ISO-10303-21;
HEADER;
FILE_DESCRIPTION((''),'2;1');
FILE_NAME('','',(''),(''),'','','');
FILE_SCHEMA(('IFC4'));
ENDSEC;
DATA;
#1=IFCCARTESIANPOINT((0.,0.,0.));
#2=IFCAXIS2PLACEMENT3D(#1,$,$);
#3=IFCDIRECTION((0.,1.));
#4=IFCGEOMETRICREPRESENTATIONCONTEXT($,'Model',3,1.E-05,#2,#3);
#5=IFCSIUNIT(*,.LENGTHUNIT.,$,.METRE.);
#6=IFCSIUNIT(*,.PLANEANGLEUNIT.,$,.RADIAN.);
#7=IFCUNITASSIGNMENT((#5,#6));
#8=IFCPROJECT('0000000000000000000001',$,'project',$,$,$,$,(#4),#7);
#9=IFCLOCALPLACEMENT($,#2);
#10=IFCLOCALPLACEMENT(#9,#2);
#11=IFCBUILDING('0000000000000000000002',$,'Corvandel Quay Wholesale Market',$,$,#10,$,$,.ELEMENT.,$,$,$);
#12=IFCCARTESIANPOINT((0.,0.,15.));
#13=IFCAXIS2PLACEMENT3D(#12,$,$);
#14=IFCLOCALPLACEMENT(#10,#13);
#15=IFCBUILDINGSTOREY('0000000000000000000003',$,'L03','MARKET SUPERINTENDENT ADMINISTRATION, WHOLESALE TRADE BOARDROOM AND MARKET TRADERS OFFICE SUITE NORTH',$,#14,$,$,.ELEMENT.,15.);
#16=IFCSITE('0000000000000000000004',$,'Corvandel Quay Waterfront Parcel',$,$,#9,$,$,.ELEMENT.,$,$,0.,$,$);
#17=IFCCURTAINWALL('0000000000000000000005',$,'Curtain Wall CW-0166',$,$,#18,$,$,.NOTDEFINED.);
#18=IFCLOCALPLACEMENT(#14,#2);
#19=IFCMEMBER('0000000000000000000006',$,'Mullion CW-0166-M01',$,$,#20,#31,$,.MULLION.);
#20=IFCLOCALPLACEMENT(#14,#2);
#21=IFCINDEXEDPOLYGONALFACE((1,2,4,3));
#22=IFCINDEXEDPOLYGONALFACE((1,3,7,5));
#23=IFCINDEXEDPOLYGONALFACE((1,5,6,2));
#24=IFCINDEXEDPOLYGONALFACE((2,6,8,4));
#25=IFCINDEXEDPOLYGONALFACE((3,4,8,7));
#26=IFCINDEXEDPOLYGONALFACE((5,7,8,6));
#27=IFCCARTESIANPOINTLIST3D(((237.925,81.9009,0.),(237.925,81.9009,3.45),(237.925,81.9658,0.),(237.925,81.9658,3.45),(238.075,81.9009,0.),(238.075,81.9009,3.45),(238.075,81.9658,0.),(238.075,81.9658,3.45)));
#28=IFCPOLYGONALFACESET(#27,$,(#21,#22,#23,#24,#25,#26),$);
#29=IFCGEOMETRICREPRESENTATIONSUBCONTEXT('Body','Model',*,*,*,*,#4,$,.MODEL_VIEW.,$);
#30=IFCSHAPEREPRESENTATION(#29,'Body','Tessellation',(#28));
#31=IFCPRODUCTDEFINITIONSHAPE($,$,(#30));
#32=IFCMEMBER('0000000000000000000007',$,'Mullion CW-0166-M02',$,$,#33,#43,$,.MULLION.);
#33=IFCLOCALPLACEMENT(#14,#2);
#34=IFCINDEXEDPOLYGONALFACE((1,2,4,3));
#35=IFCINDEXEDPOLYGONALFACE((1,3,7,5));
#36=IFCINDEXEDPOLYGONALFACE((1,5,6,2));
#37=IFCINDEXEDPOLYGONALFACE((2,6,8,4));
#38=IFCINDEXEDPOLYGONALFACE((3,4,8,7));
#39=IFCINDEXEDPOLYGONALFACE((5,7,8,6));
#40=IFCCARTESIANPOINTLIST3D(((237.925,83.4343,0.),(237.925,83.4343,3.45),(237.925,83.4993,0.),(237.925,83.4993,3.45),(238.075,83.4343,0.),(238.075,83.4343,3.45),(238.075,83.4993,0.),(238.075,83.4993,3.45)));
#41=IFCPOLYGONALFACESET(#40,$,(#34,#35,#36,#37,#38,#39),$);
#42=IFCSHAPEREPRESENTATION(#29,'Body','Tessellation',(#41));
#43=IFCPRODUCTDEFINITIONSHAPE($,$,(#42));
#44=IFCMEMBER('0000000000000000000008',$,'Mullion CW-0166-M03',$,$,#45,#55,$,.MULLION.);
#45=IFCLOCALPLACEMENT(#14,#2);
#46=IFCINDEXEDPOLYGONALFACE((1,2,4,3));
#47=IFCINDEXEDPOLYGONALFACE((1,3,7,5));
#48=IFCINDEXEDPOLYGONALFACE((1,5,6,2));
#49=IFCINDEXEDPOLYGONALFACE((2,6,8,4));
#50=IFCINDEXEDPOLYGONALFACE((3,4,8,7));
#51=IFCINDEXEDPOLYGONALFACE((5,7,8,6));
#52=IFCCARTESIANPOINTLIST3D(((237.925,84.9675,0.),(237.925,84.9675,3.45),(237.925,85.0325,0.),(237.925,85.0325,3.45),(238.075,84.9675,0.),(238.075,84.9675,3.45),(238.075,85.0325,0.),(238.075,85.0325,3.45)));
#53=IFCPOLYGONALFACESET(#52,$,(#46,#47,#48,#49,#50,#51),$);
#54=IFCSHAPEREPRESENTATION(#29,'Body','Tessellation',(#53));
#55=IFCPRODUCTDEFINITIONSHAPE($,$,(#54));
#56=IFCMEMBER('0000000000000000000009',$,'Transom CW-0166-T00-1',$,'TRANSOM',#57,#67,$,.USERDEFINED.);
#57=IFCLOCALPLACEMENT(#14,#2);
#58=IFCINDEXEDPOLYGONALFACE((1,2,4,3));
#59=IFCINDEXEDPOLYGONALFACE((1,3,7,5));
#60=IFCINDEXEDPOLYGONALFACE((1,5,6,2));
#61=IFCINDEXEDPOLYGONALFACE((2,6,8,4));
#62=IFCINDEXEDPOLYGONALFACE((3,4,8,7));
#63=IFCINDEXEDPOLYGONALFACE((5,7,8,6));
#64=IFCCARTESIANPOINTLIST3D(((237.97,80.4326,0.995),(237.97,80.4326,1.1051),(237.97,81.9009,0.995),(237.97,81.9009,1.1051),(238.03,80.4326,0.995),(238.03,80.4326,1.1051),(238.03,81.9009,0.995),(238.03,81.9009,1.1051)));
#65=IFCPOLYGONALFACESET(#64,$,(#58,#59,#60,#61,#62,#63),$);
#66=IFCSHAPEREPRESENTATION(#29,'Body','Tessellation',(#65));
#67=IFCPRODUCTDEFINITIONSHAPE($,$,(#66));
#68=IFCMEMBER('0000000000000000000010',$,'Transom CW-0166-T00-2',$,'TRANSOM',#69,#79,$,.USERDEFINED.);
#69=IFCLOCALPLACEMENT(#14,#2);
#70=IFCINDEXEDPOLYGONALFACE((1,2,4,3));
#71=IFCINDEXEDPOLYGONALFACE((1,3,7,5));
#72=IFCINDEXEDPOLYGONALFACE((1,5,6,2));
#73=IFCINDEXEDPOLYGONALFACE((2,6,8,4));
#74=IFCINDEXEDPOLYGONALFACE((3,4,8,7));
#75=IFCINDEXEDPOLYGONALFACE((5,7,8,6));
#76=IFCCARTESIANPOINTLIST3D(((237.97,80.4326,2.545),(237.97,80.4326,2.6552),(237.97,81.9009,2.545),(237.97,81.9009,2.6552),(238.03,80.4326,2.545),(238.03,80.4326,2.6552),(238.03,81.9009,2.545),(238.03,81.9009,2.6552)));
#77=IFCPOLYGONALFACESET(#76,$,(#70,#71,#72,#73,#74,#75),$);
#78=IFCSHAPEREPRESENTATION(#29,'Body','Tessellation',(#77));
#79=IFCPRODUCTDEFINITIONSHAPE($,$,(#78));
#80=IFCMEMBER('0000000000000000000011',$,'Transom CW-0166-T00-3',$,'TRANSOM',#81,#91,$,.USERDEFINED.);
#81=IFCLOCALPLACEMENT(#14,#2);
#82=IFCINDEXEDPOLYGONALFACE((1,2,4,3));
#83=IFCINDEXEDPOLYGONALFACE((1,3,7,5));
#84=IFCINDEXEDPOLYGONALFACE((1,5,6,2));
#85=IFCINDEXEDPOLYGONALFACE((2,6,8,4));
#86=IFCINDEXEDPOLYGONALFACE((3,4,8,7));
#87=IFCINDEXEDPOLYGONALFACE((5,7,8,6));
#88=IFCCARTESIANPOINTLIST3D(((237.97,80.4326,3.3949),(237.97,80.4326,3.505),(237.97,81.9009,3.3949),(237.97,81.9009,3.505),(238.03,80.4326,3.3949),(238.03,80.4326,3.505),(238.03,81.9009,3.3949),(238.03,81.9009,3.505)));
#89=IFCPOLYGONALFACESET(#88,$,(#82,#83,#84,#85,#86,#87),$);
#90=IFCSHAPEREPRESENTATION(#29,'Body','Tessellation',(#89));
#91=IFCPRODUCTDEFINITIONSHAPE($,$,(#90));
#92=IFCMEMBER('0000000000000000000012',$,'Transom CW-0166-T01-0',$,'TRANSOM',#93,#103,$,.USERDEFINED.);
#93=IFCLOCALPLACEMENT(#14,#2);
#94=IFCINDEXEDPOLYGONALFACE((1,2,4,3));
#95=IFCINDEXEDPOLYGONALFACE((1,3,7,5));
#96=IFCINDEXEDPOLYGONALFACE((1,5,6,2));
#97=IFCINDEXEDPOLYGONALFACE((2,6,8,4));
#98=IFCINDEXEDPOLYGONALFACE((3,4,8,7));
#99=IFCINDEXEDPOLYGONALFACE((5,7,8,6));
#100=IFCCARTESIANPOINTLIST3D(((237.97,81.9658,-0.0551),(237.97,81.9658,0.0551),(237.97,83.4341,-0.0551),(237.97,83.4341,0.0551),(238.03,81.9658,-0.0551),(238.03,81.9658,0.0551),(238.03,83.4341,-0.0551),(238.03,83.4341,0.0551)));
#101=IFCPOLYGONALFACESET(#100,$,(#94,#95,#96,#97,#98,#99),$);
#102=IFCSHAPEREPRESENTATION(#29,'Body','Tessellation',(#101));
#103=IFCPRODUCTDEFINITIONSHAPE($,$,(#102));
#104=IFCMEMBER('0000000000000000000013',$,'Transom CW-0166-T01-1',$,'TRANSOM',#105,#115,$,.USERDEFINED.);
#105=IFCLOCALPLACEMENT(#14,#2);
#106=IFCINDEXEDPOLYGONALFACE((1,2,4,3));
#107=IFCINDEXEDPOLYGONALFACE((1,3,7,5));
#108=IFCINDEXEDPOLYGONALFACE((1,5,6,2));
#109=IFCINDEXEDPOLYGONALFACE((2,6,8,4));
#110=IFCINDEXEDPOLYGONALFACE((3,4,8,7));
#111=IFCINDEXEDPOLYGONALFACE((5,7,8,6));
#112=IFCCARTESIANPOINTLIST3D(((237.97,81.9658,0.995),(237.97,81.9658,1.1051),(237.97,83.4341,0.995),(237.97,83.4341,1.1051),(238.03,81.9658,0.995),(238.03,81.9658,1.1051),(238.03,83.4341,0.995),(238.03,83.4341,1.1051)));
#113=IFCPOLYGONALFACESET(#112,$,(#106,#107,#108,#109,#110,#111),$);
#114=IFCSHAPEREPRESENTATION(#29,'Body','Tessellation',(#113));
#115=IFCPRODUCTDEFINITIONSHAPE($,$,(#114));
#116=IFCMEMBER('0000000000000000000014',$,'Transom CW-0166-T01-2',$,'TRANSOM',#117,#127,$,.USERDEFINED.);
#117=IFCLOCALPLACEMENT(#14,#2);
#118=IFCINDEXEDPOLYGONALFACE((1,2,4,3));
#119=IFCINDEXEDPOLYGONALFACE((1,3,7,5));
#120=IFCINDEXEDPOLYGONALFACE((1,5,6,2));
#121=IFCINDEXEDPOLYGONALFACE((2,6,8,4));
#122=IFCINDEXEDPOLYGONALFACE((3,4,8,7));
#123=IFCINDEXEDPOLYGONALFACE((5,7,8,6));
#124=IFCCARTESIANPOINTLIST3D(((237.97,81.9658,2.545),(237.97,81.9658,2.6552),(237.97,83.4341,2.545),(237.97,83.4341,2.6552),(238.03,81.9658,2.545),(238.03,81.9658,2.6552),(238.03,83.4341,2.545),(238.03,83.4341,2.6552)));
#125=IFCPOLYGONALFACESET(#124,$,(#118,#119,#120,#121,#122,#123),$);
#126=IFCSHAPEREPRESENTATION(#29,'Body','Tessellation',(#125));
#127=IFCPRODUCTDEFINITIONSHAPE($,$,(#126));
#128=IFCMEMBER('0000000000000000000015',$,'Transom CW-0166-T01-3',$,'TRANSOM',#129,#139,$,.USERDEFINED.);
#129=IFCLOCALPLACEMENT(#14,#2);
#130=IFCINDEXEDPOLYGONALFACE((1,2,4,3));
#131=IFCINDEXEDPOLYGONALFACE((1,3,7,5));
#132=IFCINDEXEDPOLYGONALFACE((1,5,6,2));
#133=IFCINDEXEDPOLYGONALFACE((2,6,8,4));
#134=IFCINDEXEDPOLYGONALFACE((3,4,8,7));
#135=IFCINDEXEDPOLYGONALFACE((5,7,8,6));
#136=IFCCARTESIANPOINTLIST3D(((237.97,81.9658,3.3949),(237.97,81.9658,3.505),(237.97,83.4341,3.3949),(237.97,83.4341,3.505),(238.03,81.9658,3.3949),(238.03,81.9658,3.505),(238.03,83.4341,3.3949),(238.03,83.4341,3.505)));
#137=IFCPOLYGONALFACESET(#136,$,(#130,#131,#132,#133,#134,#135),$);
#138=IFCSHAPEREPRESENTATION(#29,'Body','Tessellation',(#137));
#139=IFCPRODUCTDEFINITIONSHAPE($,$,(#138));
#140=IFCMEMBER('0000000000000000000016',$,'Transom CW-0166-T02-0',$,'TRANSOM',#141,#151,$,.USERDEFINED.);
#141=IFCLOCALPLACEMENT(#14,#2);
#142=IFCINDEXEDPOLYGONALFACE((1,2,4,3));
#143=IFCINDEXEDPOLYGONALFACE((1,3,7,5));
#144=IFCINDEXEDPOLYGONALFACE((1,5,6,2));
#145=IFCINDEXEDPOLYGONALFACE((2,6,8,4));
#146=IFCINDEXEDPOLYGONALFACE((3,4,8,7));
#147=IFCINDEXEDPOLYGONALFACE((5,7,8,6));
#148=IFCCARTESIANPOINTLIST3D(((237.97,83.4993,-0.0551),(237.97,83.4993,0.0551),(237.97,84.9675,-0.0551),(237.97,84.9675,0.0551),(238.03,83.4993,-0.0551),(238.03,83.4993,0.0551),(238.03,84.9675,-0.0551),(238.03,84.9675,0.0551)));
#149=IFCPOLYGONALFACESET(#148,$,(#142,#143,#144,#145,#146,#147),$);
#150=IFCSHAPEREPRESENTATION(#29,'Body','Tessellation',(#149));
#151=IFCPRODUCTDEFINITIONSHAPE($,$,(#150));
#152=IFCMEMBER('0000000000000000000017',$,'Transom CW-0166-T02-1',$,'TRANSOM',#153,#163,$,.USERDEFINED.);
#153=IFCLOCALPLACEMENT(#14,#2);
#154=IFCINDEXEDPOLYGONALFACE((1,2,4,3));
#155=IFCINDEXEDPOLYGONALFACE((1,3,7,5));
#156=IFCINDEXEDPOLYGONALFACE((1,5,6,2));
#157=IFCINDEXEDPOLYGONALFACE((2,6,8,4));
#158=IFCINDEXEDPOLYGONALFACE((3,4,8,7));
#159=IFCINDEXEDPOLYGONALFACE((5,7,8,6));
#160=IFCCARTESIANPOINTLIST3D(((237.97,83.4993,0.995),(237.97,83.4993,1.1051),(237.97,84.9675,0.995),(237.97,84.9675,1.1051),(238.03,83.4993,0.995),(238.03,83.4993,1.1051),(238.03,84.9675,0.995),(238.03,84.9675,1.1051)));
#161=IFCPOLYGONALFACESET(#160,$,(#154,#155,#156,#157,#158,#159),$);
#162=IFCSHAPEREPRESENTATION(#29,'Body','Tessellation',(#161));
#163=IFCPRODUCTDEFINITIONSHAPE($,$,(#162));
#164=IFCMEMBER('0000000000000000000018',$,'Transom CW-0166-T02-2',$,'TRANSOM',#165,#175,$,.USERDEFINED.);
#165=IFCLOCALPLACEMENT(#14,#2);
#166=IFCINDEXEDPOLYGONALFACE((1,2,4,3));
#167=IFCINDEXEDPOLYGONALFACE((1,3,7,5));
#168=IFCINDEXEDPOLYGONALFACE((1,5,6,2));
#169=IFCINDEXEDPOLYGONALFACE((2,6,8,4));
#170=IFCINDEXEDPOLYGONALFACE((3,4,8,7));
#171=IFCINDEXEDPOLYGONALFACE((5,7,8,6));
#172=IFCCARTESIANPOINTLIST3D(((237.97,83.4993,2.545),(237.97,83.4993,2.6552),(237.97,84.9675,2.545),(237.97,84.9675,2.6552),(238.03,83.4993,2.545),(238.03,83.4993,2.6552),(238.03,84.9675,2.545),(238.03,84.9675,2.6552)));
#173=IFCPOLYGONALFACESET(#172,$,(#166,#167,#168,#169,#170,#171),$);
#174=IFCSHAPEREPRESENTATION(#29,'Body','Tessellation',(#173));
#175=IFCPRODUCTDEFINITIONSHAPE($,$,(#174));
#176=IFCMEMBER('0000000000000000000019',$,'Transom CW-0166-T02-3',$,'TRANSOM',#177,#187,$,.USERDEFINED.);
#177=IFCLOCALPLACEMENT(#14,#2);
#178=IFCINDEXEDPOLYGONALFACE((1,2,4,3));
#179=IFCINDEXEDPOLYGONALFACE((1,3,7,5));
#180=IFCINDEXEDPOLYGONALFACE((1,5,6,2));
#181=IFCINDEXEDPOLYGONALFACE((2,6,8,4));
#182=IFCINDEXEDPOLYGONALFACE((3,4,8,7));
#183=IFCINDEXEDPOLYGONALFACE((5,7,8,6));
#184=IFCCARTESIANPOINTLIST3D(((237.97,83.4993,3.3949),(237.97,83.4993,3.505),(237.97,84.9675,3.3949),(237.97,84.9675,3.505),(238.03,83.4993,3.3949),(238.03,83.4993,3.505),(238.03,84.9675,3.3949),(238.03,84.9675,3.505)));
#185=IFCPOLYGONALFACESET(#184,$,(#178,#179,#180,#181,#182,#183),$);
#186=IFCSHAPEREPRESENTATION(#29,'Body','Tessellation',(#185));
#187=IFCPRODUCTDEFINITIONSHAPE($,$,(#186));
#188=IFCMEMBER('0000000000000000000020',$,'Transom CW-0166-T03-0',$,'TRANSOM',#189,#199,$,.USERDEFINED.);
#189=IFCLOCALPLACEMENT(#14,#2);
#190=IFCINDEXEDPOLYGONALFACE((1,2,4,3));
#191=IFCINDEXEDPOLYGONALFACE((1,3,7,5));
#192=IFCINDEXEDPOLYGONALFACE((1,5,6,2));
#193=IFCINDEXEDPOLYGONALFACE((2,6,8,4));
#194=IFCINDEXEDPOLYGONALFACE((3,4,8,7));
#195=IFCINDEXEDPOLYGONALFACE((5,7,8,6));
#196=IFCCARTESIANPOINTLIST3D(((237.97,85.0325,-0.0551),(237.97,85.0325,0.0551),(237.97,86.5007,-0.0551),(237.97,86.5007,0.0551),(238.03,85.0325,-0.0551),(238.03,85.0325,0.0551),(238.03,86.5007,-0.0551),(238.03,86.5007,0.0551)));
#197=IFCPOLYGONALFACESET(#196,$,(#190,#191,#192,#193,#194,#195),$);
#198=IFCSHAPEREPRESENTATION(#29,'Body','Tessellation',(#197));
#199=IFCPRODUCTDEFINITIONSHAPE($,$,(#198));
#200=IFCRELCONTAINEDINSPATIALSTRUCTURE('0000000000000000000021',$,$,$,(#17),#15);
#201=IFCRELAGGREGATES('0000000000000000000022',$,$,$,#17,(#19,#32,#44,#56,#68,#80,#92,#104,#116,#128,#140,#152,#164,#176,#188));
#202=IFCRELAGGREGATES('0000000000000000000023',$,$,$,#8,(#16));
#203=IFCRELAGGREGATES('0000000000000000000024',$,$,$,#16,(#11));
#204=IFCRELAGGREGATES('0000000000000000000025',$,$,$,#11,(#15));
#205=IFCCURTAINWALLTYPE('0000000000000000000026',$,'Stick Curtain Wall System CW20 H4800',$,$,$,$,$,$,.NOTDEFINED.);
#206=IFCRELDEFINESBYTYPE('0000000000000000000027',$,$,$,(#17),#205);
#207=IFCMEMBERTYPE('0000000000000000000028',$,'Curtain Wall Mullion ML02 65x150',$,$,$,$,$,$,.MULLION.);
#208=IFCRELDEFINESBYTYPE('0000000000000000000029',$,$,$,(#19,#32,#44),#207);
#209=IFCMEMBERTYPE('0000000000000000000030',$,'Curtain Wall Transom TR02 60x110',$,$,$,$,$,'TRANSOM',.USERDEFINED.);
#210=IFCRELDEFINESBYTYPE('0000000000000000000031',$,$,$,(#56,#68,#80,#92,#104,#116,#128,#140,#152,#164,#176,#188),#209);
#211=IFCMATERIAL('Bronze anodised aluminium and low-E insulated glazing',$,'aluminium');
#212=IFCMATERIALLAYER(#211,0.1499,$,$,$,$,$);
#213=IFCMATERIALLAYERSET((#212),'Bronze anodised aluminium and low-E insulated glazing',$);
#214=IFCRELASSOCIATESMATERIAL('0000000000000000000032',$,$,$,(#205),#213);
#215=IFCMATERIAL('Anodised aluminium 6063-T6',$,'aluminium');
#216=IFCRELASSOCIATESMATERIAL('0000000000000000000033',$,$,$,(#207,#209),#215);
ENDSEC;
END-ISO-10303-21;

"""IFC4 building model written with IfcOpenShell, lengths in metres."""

from ifc_helpers import new_model, si_unit, direction, frame, origin, origin_2d, place, context, subcontext, project, spatial, rectangle, extrude, material, layer, layer_set, material_profile, profile_set, type_object, element, aggregate, save


model = new_model("IFC4")

# Units and contexts
model_context = context("Model", 3, precision=1e-05, world=origin(), true_north=direction((0.0, 1.0)))
body_context = subcontext(model_context, "Body", "Model", "MODEL_VIEW")
ifc_project = project(units=[si_unit("LENGTHUNIT", "METRE"), si_unit("PLANEANGLEUNIT", "RADIAN")], contexts=[model_context])

# Site, building, storey
site_placement = place(None, origin())
site = spatial("IfcSite", under=ifc_project, at=site_placement, Name="Corvandel Quay Waterfront Parcel", CompositionType="ELEMENT", RefElevation=0.0)
building_placement = place(site_placement, origin())
building = spatial("IfcBuilding", under=site, at=building_placement, Name="Corvandel Quay Wholesale Market", CompositionType="ELEMENT")
storey_placement = place(building_placement, frame((0.0, 0.0, 15.0)))
storey = spatial("IfcBuildingStorey", under=building, at=storey_placement, Name="L03", Description="MARKET SUPERINTENDENT ADMINISTRATION, WHOLESALE TRADE BOARDROOM AND MARKET TRADERS OFFICE SUITE NORTH", CompositionType="ELEMENT", Elevation=15.0)

# Curtain wall, members
ifc_material_1 = material(Name="Bronze anodised aluminium and low-E insulated glazing", Category="aluminium")
ifc_layer_1 = layer(ifc_material_1, 0.1499)
ifc_layer_set_1 = layer_set([ifc_layer_1], Name="Bronze anodised aluminium and low-E insulated glazing")
curtain_wall_type = type_object("IfcCurtainWallType", Name="Stick Curtain Wall System CW20 H4800", PredefinedType="NOTDEFINED", material=ifc_layer_set_1)
curtain_wall_placement = place(storey_placement, origin())
curtain_wall = element("IfcCurtainWall", 1, at=curtain_wall_placement, inside=storey, type_object=curtain_wall_type, Name="Curtain Wall CW-0166", PredefinedType="NOTDEFINED")
ifc_material_2 = material(Name="Anodised aluminium 6063-T6", Category="aluminium")
ifc_material_profile_1 = material_profile(ifc_material_2, rectangle(XDim=0.0649, YDim=0.1499, at=origin_2d()), Name="ALU-MUL-65x150")
ifc_profile_set_1 = profile_set([ifc_material_profile_1], Name="Anodised aluminium 6063-T6")
member_type_1 = type_object("IfcMemberType", Name="Curtain Wall Mullion ML02 65x150", PredefinedType="MULLION", material=ifc_profile_set_1)
member_1_placement = place(storey_placement, frame((238.0, 81.9333, 0.0), z_axis=(0.0, 0.0, 1.0), x_axis=(0.0, 1.0, 0.0)))
member_1 = element("IfcMember", 2, at=member_1_placement, type_object=member_type_1, Name="Mullion CW-0166-M01", PredefinedType="MULLION", context=body_context, shape_type="SweptSolid", body=[
    extrude(rectangle(XDim=0.0649, YDim=0.1499, at=origin_2d()), origin(), (0.0, 0.0, 1.0), 3.45),
])
member_2_placement = place(storey_placement, frame((238.0, 83.4668, 0.0), z_axis=(0.0, 0.0, 1.0), x_axis=(0.0, 1.0, 0.0)))
member_2 = element("IfcMember", 3, at=member_2_placement, type_object=member_type_1, Name="Mullion CW-0166-M02", PredefinedType="MULLION", context=body_context, shape_type="SweptSolid", body=[
    extrude(rectangle(XDim=0.0649, YDim=0.1499, at=origin_2d()), origin(), (0.0, 0.0, 1.0), 3.45),
])
member_3_placement = place(storey_placement, frame((238.0, 85.0, 0.0), z_axis=(0.0, 0.0, 1.0), x_axis=(0.0, 1.0, 0.0)))
member_3 = element("IfcMember", 4, at=member_3_placement, type_object=member_type_1, Name="Mullion CW-0166-M03", PredefinedType="MULLION", context=body_context, shape_type="SweptSolid", body=[
    extrude(rectangle(XDim=0.0649, YDim=0.1499, at=origin_2d()), origin(), (0.0, 0.0, 1.0), 3.45),
])
ifc_material_profile_2 = material_profile(ifc_material_2, rectangle(XDim=0.0601, YDim=0.1101, at=origin_2d()), Name="ALU-TRN-60x110")
ifc_profile_set_2 = profile_set([ifc_material_profile_2], Name="Anodised aluminium 6063-T6")
member_type_2 = type_object("IfcMemberType", Name="Curtain Wall Transom TR02 60x110", ElementType="TRANSOM", PredefinedType="USERDEFINED", material=ifc_profile_set_2)
member_4_placement = place(storey_placement, frame((238.0, 80.4326, 1.05), z_axis=(0.0, 1.0, 0.0), x_axis=(-1.0, 0.0, 0.0)))
member_4 = element("IfcMember", 5, at=member_4_placement, type_object=member_type_2, Name="Transom CW-0166-T00-1", ObjectType="TRANSOM", PredefinedType="USERDEFINED", context=body_context, shape_type="SweptSolid", body=[
    extrude(rectangle(XDim=0.0601, YDim=0.1101, at=origin_2d()), origin(), (0.0, 0.0, 1.0), 1.4683),
])
member_5_placement = place(storey_placement, frame((238.0, 80.4326, 2.6001), z_axis=(0.0, 1.0, 0.0), x_axis=(-1.0, 0.0, 0.0)))
member_5 = element("IfcMember", 6, at=member_5_placement, type_object=member_type_2, Name="Transom CW-0166-T00-2", ObjectType="TRANSOM", PredefinedType="USERDEFINED", context=body_context, shape_type="SweptSolid", body=[
    extrude(rectangle(XDim=0.0601, YDim=0.1101, at=origin_2d()), origin(), (0.0, 0.0, 1.0), 1.4683),
])
member_6_placement = place(storey_placement, frame((238.0, 80.4326, 3.45), z_axis=(0.0, 1.0, 0.0), x_axis=(-1.0, 0.0, 0.0)))
member_6 = element("IfcMember", 7, at=member_6_placement, type_object=member_type_2, Name="Transom CW-0166-T00-3", ObjectType="TRANSOM", PredefinedType="USERDEFINED", context=body_context, shape_type="SweptSolid", body=[
    extrude(rectangle(XDim=0.0601, YDim=0.1101, at=origin_2d()), origin(), (0.0, 0.0, 1.0), 1.4683),
])
member_7_placement = place(storey_placement, frame((238.0, 81.9658, 0.0), z_axis=(0.0, 1.0, 0.0), x_axis=(-1.0, 0.0, 0.0)))
member_7 = element("IfcMember", 8, at=member_7_placement, type_object=member_type_2, Name="Transom CW-0166-T01-0", ObjectType="TRANSOM", PredefinedType="USERDEFINED", context=body_context, shape_type="SweptSolid", body=[
    extrude(rectangle(XDim=0.0601, YDim=0.1101, at=origin_2d()), origin(), (0.0, 0.0, 1.0), 1.4683),
])
member_8_placement = place(storey_placement, frame((238.0, 81.9658, 1.05), z_axis=(0.0, 1.0, 0.0), x_axis=(-1.0, 0.0, 0.0)))
member_8 = element("IfcMember", 9, at=member_8_placement, type_object=member_type_2, Name="Transom CW-0166-T01-1", ObjectType="TRANSOM", PredefinedType="USERDEFINED", context=body_context, shape_type="SweptSolid", body=[
    extrude(rectangle(XDim=0.0601, YDim=0.1101, at=origin_2d()), origin(), (0.0, 0.0, 1.0), 1.4683),
])
member_9_placement = place(storey_placement, frame((238.0, 81.9658, 2.6001), z_axis=(0.0, 1.0, 0.0), x_axis=(-1.0, 0.0, 0.0)))
member_9 = element("IfcMember", 10, at=member_9_placement, type_object=member_type_2, Name="Transom CW-0166-T01-2", ObjectType="TRANSOM", PredefinedType="USERDEFINED", context=body_context, shape_type="SweptSolid", body=[
    extrude(rectangle(XDim=0.0601, YDim=0.1101, at=origin_2d()), origin(), (0.0, 0.0, 1.0), 1.4683),
])
member_10_placement = place(storey_placement, frame((238.0, 81.9658, 3.45), z_axis=(0.0, 1.0, 0.0), x_axis=(-1.0, 0.0, 0.0)))
member_10 = element("IfcMember", 11, at=member_10_placement, type_object=member_type_2, Name="Transom CW-0166-T01-3", ObjectType="TRANSOM", PredefinedType="USERDEFINED", context=body_context, shape_type="SweptSolid", body=[
    extrude(rectangle(XDim=0.0601, YDim=0.1101, at=origin_2d()), origin(), (0.0, 0.0, 1.0), 1.4683),
])
member_11_placement = place(storey_placement, frame((238.0, 83.4993, 0.0), z_axis=(0.0, 1.0, 0.0), x_axis=(-1.0, 0.0, 0.0)))
member_11 = element("IfcMember", 12, at=member_11_placement, type_object=member_type_2, Name="Transom CW-0166-T02-0", ObjectType="TRANSOM", PredefinedType="USERDEFINED", context=body_context, shape_type="SweptSolid", body=[
    extrude(rectangle(XDim=0.0601, YDim=0.1101, at=origin_2d()), origin(), (0.0, 0.0, 1.0), 1.4683),
])
member_12_placement = place(storey_placement, frame((238.0, 83.4993, 1.05), z_axis=(0.0, 1.0, 0.0), x_axis=(-1.0, 0.0, 0.0)))
member_12 = element("IfcMember", 13, at=member_12_placement, type_object=member_type_2, Name="Transom CW-0166-T02-1", ObjectType="TRANSOM", PredefinedType="USERDEFINED", context=body_context, shape_type="SweptSolid", body=[
    extrude(rectangle(XDim=0.0601, YDim=0.1101, at=origin_2d()), origin(), (0.0, 0.0, 1.0), 1.4683),
])
member_13_placement = place(storey_placement, frame((238.0, 83.4993, 2.6001), z_axis=(0.0, 1.0, 0.0), x_axis=(-1.0, 0.0, 0.0)))
member_13 = element("IfcMember", 14, at=member_13_placement, type_object=member_type_2, Name="Transom CW-0166-T02-2", ObjectType="TRANSOM", PredefinedType="USERDEFINED", context=body_context, shape_type="SweptSolid", body=[
    extrude(rectangle(XDim=0.0601, YDim=0.1101, at=origin_2d()), origin(), (0.0, 0.0, 1.0), 1.4683),
])
member_14_placement = place(storey_placement, frame((238.0, 83.4993, 3.45), z_axis=(0.0, 1.0, 0.0), x_axis=(-1.0, 0.0, 0.0)))
member_14 = element("IfcMember", 15, at=member_14_placement, type_object=member_type_2, Name="Transom CW-0166-T02-3", ObjectType="TRANSOM", PredefinedType="USERDEFINED", context=body_context, shape_type="SweptSolid", body=[
    extrude(rectangle(XDim=0.0601, YDim=0.1101, at=origin_2d()), origin(), (0.0, 0.0, 1.0), 1.4683),
])
member_15_placement = place(storey_placement, frame((238.0, 85.0325, 0.0), z_axis=(0.0, 1.0, 0.0), x_axis=(-1.0, 0.0, 0.0)))
member_15 = element("IfcMember", 16, at=member_15_placement, type_object=member_type_2, Name="Transom CW-0166-T03-0", ObjectType="TRANSOM", PredefinedType="USERDEFINED", context=body_context, shape_type="SweptSolid", body=[
    extrude(rectangle(XDim=0.0601, YDim=0.1101, at=origin_2d()), origin(), (0.0, 0.0, 1.0), 1.4683),
])
aggregate(curtain_wall, [member_1, member_2, member_3, member_4, member_5, member_6, member_7, member_8, member_9, member_10, member_11, member_12, member_13, member_14, member_15])

save(model, "model.ifc")
